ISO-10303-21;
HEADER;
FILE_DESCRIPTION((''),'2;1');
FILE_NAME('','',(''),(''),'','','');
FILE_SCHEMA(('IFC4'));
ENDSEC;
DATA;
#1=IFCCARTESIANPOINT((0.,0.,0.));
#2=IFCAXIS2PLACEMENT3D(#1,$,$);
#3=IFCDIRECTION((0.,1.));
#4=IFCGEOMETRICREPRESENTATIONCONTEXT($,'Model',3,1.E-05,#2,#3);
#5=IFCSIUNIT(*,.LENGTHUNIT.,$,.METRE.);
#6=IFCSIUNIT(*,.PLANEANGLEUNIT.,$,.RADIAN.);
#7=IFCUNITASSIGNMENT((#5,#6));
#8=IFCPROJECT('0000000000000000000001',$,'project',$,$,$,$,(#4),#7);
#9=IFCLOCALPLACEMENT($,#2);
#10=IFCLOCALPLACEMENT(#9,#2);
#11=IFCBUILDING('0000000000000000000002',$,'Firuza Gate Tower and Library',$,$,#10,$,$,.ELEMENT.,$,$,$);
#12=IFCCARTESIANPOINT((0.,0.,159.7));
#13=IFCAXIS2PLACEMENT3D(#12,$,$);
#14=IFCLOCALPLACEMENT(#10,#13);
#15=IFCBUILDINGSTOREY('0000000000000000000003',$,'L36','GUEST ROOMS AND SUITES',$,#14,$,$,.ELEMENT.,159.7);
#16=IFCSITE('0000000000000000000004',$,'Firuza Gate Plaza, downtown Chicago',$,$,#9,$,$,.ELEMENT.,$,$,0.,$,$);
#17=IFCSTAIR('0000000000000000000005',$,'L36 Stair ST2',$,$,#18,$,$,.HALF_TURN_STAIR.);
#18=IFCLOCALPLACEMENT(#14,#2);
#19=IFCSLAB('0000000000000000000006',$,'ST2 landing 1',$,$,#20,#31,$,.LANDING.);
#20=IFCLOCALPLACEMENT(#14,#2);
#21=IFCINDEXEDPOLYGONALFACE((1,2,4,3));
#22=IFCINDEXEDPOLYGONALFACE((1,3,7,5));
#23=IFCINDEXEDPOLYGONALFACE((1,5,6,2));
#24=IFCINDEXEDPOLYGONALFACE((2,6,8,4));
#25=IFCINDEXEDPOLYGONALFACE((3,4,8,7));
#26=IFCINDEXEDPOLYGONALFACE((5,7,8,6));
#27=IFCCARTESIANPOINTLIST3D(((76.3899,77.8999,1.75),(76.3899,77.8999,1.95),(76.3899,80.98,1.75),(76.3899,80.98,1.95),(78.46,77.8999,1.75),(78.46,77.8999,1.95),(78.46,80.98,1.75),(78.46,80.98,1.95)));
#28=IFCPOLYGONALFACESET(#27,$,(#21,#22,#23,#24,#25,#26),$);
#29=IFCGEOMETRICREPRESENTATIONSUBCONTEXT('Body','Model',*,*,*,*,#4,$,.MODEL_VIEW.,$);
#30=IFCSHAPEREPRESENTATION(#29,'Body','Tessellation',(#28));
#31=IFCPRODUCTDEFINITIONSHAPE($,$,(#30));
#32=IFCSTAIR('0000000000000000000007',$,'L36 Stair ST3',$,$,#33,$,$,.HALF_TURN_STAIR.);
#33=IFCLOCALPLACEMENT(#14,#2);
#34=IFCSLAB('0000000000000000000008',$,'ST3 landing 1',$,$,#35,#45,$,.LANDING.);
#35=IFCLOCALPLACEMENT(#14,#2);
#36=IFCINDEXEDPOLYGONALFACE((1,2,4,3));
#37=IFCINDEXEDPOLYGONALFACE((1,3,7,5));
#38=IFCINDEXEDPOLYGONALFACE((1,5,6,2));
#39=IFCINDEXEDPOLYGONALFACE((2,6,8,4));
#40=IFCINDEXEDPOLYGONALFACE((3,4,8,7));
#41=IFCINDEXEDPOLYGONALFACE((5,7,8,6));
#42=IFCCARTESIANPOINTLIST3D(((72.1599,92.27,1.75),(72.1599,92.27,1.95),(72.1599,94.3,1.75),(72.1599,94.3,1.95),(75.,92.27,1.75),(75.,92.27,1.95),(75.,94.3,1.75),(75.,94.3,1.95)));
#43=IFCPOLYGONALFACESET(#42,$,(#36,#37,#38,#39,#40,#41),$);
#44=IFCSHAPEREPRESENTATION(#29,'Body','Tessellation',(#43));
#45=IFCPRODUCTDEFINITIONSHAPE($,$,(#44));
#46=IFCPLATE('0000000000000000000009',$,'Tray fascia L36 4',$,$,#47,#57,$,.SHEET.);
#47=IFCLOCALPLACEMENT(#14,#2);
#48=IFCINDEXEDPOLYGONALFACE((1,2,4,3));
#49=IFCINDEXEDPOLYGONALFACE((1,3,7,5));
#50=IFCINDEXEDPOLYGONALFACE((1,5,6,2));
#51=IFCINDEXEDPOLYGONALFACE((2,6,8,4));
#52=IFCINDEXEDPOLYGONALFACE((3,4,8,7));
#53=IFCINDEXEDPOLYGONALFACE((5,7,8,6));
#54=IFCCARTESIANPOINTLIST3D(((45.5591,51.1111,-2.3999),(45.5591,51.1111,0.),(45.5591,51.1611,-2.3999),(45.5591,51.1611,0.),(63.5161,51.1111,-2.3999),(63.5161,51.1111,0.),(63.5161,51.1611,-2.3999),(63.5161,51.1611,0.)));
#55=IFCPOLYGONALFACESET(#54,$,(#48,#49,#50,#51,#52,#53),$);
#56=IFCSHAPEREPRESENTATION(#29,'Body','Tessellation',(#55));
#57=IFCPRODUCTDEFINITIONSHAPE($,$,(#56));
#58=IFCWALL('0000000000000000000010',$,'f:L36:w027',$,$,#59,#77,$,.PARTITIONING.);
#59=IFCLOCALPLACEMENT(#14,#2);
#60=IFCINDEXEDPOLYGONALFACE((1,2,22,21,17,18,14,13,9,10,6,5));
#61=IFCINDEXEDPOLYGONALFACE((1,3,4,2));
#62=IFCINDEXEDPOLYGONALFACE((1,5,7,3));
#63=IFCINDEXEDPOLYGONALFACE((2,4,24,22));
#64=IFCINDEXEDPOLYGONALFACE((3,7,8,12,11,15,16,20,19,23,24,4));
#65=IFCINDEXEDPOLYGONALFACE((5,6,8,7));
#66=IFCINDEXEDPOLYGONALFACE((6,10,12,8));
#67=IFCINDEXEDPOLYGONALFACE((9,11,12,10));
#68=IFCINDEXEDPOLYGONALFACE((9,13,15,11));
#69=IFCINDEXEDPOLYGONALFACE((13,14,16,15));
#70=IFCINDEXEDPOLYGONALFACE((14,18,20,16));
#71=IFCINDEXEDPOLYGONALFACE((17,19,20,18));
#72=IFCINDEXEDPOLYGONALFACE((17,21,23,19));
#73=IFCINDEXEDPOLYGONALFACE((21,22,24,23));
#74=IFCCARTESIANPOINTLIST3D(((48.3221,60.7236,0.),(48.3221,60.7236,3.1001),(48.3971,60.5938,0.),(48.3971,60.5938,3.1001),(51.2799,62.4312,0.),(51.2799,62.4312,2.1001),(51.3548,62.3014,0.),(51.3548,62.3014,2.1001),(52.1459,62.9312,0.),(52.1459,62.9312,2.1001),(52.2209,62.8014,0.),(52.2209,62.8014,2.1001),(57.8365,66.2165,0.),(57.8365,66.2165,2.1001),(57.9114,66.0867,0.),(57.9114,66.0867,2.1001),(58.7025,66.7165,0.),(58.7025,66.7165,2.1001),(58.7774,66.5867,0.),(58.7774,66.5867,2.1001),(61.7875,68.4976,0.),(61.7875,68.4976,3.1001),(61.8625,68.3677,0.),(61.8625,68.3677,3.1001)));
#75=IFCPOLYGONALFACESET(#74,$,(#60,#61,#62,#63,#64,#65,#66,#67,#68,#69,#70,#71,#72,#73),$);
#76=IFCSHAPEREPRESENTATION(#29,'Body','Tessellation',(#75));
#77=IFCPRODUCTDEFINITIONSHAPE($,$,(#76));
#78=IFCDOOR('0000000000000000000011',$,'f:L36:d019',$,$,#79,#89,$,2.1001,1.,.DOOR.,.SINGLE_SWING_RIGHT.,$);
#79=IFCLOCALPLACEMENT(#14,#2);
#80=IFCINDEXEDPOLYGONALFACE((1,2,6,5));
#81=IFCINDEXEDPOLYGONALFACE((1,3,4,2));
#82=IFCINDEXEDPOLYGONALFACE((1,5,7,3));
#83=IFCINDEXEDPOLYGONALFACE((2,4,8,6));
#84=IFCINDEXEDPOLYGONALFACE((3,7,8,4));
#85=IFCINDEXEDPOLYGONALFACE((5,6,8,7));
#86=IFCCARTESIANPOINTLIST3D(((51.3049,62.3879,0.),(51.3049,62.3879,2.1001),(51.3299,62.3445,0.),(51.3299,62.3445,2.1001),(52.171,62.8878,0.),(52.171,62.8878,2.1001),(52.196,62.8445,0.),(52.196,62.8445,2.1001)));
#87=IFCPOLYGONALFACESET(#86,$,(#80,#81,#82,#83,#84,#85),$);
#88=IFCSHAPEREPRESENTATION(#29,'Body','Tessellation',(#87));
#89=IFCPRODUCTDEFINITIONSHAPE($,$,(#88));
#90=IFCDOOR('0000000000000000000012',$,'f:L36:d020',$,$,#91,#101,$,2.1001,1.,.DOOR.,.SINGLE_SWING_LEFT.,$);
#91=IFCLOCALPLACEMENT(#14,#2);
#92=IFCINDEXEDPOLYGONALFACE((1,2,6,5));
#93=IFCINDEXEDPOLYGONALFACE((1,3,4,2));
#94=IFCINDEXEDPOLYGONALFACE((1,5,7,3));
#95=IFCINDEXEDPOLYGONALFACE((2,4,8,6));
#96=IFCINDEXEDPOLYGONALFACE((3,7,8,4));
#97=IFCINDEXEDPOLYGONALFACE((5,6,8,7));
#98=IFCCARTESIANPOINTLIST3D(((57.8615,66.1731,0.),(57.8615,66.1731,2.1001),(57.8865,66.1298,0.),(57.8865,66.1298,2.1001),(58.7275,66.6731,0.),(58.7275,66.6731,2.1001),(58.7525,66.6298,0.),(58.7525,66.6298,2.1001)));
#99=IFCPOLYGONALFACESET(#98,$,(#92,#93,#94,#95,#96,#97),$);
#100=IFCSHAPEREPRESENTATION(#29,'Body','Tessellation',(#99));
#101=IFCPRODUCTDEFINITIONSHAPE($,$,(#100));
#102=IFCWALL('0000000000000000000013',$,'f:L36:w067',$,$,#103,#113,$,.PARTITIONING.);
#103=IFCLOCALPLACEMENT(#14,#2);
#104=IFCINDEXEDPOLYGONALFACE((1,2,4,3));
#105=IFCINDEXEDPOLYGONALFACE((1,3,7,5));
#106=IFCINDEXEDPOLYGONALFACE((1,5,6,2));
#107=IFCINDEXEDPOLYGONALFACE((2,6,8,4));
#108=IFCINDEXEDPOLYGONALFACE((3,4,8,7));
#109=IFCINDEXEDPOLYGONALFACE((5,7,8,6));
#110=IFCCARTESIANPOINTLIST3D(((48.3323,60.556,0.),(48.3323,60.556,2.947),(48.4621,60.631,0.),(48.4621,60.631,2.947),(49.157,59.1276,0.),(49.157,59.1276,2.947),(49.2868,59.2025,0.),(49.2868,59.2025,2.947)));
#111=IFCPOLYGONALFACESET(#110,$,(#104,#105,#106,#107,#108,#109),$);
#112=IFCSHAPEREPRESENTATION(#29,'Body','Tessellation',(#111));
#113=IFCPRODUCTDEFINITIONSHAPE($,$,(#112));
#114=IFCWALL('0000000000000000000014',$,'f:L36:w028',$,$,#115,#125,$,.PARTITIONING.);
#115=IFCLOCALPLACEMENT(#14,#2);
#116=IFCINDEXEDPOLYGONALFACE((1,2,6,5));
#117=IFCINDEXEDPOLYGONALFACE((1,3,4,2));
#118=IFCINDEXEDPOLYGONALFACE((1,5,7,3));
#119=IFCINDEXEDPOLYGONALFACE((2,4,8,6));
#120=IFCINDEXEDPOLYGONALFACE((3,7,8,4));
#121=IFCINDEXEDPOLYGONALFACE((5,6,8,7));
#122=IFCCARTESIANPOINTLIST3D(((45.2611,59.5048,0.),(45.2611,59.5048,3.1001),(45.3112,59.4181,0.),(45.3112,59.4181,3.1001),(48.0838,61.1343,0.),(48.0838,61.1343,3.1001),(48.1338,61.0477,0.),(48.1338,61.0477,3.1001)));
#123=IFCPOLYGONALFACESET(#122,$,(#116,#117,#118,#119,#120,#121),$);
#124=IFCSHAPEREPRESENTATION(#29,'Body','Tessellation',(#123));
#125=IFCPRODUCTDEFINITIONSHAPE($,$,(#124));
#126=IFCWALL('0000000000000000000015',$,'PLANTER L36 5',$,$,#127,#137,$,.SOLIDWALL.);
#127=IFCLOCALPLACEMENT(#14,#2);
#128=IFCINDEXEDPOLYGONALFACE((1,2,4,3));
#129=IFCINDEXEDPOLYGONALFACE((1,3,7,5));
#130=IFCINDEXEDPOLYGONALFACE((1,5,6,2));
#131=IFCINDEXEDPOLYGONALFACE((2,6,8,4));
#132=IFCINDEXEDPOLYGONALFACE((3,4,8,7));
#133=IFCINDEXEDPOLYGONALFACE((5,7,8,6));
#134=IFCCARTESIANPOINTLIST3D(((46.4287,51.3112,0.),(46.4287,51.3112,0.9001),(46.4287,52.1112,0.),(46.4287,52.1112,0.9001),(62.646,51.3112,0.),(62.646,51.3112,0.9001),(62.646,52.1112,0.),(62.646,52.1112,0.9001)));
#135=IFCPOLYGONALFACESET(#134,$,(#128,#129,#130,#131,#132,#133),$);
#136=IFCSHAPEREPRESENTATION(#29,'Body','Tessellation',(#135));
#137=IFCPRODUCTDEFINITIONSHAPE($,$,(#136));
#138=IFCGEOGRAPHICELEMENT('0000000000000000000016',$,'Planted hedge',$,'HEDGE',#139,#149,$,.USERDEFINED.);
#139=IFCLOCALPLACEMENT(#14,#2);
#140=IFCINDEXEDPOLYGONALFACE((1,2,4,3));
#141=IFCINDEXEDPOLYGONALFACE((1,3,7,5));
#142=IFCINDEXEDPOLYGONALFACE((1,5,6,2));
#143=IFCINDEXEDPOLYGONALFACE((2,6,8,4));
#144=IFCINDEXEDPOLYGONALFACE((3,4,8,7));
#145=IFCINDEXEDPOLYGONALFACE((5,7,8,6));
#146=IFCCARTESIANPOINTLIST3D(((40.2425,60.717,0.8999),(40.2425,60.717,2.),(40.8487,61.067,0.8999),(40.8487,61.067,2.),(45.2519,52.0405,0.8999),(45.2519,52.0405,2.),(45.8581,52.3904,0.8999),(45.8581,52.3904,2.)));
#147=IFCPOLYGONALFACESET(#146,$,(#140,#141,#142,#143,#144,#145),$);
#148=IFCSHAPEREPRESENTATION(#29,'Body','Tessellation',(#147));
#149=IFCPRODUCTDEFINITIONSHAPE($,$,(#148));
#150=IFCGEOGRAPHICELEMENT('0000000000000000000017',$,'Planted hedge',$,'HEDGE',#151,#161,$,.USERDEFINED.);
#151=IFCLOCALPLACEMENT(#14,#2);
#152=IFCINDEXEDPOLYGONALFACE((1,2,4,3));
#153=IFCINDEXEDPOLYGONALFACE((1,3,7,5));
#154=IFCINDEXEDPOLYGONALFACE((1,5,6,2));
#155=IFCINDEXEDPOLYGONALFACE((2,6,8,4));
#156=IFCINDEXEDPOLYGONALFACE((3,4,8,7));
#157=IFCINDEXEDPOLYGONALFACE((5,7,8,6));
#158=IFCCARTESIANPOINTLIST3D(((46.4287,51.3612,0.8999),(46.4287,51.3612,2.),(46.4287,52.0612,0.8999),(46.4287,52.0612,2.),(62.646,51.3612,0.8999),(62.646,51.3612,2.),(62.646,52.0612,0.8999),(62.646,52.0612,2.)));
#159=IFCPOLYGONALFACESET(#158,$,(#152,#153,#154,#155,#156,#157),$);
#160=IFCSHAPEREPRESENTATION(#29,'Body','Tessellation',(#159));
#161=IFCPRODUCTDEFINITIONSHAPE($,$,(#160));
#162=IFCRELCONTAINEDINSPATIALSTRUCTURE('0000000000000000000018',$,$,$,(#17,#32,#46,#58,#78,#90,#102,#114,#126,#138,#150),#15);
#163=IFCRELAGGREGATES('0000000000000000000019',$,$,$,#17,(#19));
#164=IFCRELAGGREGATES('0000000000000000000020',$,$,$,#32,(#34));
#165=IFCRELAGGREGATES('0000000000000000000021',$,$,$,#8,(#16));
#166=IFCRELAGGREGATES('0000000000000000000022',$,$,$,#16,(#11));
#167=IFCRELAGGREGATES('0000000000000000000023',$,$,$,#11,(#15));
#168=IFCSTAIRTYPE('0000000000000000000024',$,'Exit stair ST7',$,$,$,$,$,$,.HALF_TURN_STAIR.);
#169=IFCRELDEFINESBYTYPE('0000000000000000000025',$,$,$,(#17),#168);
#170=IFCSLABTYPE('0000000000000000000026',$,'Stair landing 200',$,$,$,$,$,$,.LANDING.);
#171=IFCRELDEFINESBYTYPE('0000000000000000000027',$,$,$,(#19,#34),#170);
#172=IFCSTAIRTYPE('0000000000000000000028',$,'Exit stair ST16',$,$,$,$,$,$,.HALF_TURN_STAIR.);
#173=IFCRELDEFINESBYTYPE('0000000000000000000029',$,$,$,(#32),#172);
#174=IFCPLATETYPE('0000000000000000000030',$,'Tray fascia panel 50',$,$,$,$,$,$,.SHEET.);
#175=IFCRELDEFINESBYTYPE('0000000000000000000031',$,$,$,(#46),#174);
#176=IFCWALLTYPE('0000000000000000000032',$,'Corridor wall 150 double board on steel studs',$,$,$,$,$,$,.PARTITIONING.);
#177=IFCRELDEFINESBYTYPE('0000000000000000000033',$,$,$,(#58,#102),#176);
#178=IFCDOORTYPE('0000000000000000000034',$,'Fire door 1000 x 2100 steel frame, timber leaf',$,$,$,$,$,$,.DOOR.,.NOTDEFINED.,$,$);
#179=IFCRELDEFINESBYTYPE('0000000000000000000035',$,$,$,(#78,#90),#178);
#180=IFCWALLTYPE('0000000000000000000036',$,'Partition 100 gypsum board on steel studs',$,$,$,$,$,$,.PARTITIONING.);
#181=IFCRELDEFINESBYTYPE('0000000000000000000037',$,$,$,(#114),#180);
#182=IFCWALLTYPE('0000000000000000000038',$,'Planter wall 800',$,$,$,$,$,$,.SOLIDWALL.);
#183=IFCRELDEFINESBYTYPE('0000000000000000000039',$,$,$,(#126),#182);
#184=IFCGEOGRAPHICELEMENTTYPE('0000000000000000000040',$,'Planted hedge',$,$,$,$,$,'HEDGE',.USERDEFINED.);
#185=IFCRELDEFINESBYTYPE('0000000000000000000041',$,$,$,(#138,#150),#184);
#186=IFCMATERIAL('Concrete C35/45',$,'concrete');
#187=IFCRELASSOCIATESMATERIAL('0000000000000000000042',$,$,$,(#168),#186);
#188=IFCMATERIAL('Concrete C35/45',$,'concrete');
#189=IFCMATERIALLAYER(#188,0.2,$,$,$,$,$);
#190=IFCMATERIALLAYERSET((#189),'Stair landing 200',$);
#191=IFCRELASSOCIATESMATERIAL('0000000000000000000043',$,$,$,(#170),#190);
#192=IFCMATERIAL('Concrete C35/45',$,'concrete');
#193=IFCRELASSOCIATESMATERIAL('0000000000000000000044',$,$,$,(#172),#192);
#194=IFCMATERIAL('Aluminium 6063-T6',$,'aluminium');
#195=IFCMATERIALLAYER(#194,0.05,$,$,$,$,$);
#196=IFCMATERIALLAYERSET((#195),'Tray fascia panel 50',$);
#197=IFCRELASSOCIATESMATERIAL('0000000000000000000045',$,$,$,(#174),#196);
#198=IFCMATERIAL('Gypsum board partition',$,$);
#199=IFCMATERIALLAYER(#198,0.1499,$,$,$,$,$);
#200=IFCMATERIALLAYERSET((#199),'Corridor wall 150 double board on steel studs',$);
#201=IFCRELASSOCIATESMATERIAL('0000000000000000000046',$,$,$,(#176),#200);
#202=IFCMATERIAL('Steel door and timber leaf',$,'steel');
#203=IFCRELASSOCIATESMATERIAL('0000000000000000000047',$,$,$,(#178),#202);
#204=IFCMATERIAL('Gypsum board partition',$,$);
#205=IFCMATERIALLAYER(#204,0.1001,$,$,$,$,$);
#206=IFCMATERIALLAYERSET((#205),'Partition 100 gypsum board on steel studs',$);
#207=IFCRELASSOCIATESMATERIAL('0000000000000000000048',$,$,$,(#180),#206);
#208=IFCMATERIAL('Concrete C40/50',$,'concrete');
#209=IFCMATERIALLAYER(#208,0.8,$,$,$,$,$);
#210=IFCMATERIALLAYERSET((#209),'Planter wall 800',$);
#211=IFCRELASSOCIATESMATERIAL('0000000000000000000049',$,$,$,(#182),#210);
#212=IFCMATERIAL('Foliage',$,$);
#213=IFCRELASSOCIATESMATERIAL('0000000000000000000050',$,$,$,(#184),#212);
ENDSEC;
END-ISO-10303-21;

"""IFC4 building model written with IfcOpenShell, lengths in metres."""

from ifc_helpers import new_model, si_unit, direction, frame, frame_2d, origin, origin_2d, place, context, subcontext, project, spatial, polyline, rectangle, outline, extrude, material, layer, layer_set, type_object, element, fill, aggregate, save


model = new_model("IFC4")

# Units and contexts
model_context = context("Model", 3, precision=1e-05, world=origin(), true_north=direction((0.0, 1.0)))
body_context = subcontext(model_context, "Body", "Model", "MODEL_VIEW")
ifc_project = project(units=[si_unit("LENGTHUNIT", "METRE"), si_unit("PLANEANGLEUNIT", "RADIAN")], contexts=[model_context])

# Site, building, storey
site_placement = place(None, origin())
site = spatial("IfcSite", under=ifc_project, at=site_placement, Name="Firuza Gate Plaza, downtown Chicago", CompositionType="ELEMENT", RefElevation=0.0)
building_placement = place(site_placement, origin())
building = spatial("IfcBuilding", under=site, at=building_placement, Name="Firuza Gate Tower and Library", CompositionType="ELEMENT")
storey_placement = place(building_placement, frame((0.0, 0.0, 159.7)))
storey = spatial("IfcBuildingStorey", under=building, at=storey_placement, Name="L36", Description="GUEST ROOMS AND SUITES", CompositionType="ELEMENT", Elevation=159.7)

# Shared definitions
placement_1 = place(storey_placement, origin())

# Stairs, slabs
ifc_material_1 = material(Name="Concrete C35/45", Category="concrete")
stair_type_1 = type_object("IfcStairType", Name="Exit stair ST7", PredefinedType="HALF_TURN_STAIR", material=ifc_material_1)
ifc_material_2 = material(Name="Concrete C35/45", Category="concrete")
ifc_layer_1 = layer(ifc_material_2, 0.2)
ifc_layer_set_1 = layer_set([ifc_layer_1], Name="Stair landing 200")
slab_type_1 = type_object("IfcSlabType", Name="Stair landing 200", PredefinedType="LANDING", material=ifc_layer_set_1)
placement_2 = place(storey_placement, frame((0.0, 0.0, 1.75)))
stair_1 = element("IfcStair", 1, at=placement_1, inside=storey, type_object=stair_type_1, Name="L36 Stair ST2", PredefinedType="HALF_TURN_STAIR")
slab_1 = element("IfcSlab", 2, at=placement_2, type_object=slab_type_1, Name="ST2 landing 1", PredefinedType="LANDING", context=body_context, shape_type="SweptSolid", body=[
    extrude(outline(polyline([(78.46, 80.98), (76.3899, 80.98), (76.3899, 77.8999), (78.46, 77.8999), (78.46, 80.98)])), origin(), (0.0, 0.0, 1.0), 0.2),
])
aggregate(stair_1, [slab_1])
ifc_material_3 = material(Name="Concrete C35/45", Category="concrete")
stair_type_2 = type_object("IfcStairType", Name="Exit stair ST16", PredefinedType="HALF_TURN_STAIR", material=ifc_material_3)
stair_2 = element("IfcStair", 3, at=placement_1, inside=storey, type_object=stair_type_2, Name="L36 Stair ST3", PredefinedType="HALF_TURN_STAIR")
slab_2 = element("IfcSlab", 4, at=placement_2, type_object=slab_type_1, Name="ST3 landing 1", PredefinedType="LANDING", context=body_context, shape_type="SweptSolid", body=[
    extrude(outline(polyline([(75.0, 92.27), (75.0, 94.3), (72.1599, 94.3), (72.1599, 92.27), (75.0, 92.27)])), origin(), (0.0, 0.0, 1.0), 0.2),
])
aggregate(stair_2, [slab_2])

# Plate
ifc_material_4 = material(Name="Aluminium 6063-T6", Category="aluminium")
ifc_layer_2 = layer(ifc_material_4, 0.05)
ifc_layer_set_2 = layer_set([ifc_layer_2], Name="Tray fascia panel 50")
plate_type_1 = type_object("IfcPlateType", Name="Tray fascia panel 50", PredefinedType="SHEET", material=ifc_layer_set_2)
plate_1_placement = place(storey_placement, frame((45.5591, 51.1111, -2.3999), z_axis=(0.0, -1.0, 0.0), x_axis=(1.0, 0.0, 0.0)))
element("IfcPlate", 5, at=plate_1_placement, inside=storey, type_object=plate_type_1, Name="Tray fascia L36 4", PredefinedType="SHEET", context=body_context, shape_type="SweptSolid", body=[
    extrude(outline(polyline([(0.0, 0.0), (17.957, 0.0), (17.957, 2.3999), (0.0, 2.3999), (0.0, 0.0)])), origin(), (0.0, 0.0, -1.0), 0.05),
])

# Wall, openings, doors
ifc_material_5 = material(Name="Gypsum board partition")
ifc_layer_3 = layer(ifc_material_5, 0.1499)
ifc_layer_set_3 = layer_set([ifc_layer_3], Name="Corridor wall 150 double board on steel studs")
wall_type_1 = type_object("IfcWallType", Name="Corridor wall 150 double board on steel studs", PredefinedType="PARTITIONING", material=ifc_layer_set_3)
wall_1_placement = place(storey_placement, frame((48.3596, 60.6587, 0.0), z_axis=(0.0, 0.0, 1.0), x_axis=(0.866033, 0.499986, 0.0)))
wall_1 = element("IfcWall", 6, at=wall_1_placement, inside=storey, type_object=wall_type_1, Name="f:L36:w027", PredefinedType="PARTITIONING", context=body_context, shape_type="SweptSolid", body=[
    extrude(rectangle(XDim=15.5483, YDim=0.1499, at=frame_2d((7.7742, 0.0))), origin(), (0.0, 0.0, 1.0), 3.1001),
])
opening_1_placement = place(wall_1_placement, frame((3.4153, 0.0, 0.0)))
opening_1 = element("IfcOpeningElement", 7, at=opening_1_placement, cuts=wall_1, PredefinedType="OPENING", context=body_context, shape_type="SweptSolid", body=[
    extrude(rectangle(XDim=1.0, YDim=2.1001, at=frame_2d((0.5, 1.05))), frame((0.0, 0.085, 0.0), z_axis=(0.0, -1.0, 0.0), x_axis=(1.0, 0.0, 0.0)), (0.0, 0.0, 1.0), 0.1699),
])
opening_2_placement = place(wall_1_placement, frame((10.9861, 0.0, 0.0)))
opening_2 = element("IfcOpeningElement", 8, at=opening_2_placement, cuts=wall_1, PredefinedType="OPENING", context=body_context, shape_type="SweptSolid", body=[
    extrude(rectangle(XDim=1.0, YDim=2.1001, at=frame_2d((0.5, 1.05))), frame((0.0, 0.085, 0.0), z_axis=(0.0, -1.0, 0.0), x_axis=(1.0, 0.0, 0.0)), (0.0, 0.0, 1.0), 0.1699),
])
ifc_material_6 = material(Name="Steel door and timber leaf", Category="steel")
door_type = type_object("IfcDoorType", Name="Fire door 1000 x 2100 steel frame, timber leaf", OperationType="NOTDEFINED", PredefinedType="DOOR", material=ifc_material_6)
door_1_placement = place(opening_1_placement, origin())
door_1 = element("IfcDoor", 9, at=door_1_placement, inside=storey, type_object=door_type, Name="f:L36:d019", OperationType="SINGLE_SWING_RIGHT", OverallHeight=2.1001, OverallWidth=1.0, PredefinedType="DOOR", context=body_context, shape_type="SweptSolid", body=[
    extrude(rectangle(XDim=1.0, YDim=2.1001, at=frame_2d((0.5, 1.05))), frame((0.0, 0.0249, 0.0), z_axis=(0.0, -1.0, 0.0), x_axis=(1.0, 0.0, 0.0)), (0.0, 0.0, 1.0), 0.05),
])
fill(opening_1, door_1)
door_2_placement = place(opening_2_placement, origin())
door_2 = element("IfcDoor", 10, at=door_2_placement, inside=storey, type_object=door_type, Name="f:L36:d020", OperationType="SINGLE_SWING_LEFT", OverallHeight=2.1001, OverallWidth=1.0, PredefinedType="DOOR", context=body_context, shape_type="SweptSolid", body=[
    extrude(rectangle(XDim=1.0, YDim=2.1001, at=frame_2d((0.5, 1.05))), frame((0.0, 0.0249, 0.0), z_axis=(0.0, -1.0, 0.0), x_axis=(1.0, 0.0, 0.0)), (0.0, 0.0, 1.0), 0.05),
])
fill(opening_2, door_2)

# Walls
wall_2_placement = place(storey_placement, frame((49.2219, 59.165, 0.0), z_axis=(0.0, 0.0, 1.0), x_axis=(-0.499992, 0.86603, 0.0)))
element("IfcWall", 11, at=wall_2_placement, inside=storey, type_object=wall_type_1, Name="f:L36:w067", PredefinedType="PARTITIONING", context=body_context, shape_type="SweptSolid", body=[
    extrude(rectangle(XDim=1.6494, YDim=0.1499, at=frame_2d((0.8247, 0.0))), origin(), (0.0, 0.0, 1.0), 2.947),
])
ifc_material_7 = material(Name="Gypsum board partition")
ifc_layer_4 = layer(ifc_material_7, 0.1001)
ifc_layer_set_4 = layer_set([ifc_layer_4], Name="Partition 100 gypsum board on steel studs")
wall_type_2 = type_object("IfcWallType", Name="Partition 100 gypsum board on steel studs", PredefinedType="PARTITIONING", material=ifc_layer_set_4)
wall_3_placement = place(storey_placement, frame((45.2861, 59.4614, 0.0), z_axis=(0.0, 0.0, 1.0), x_axis=(0.866036, 0.499982, 0.0)))
element("IfcWall", 12, at=wall_3_placement, inside=storey, type_object=wall_type_2, Name="f:L36:w028", PredefinedType="PARTITIONING", context=body_context, shape_type="SweptSolid", body=[
    extrude(rectangle(XDim=3.2593, YDim=0.1001, at=frame_2d((1.6296, 0.0))), origin(), (0.0, 0.0, 1.0), 3.1001),
])
ifc_material_8 = material(Name="Concrete C40/50", Category="concrete")
ifc_layer_5 = layer(ifc_material_8, 0.8)
ifc_layer_set_5 = layer_set([ifc_layer_5], Name="Planter wall 800")
wall_type_3 = type_object("IfcWallType", Name="Planter wall 800", PredefinedType="SOLIDWALL", material=ifc_layer_set_5)
wall_4_placement = place(storey_placement, frame((46.4287, 51.7112, 0.0), z_axis=(0.0, 0.0, 1.0), x_axis=(1.0, 0.0, 0.0)))
element("IfcWall", 13, at=wall_4_placement, inside=storey, type_object=wall_type_3, Name="PLANTER L36 5", PredefinedType="SOLIDWALL", context=body_context, shape_type="SweptSolid", body=[
    extrude(rectangle(XDim=16.2173, YDim=0.8, at=frame_2d((8.1086, 0.0))), origin(), (0.0, 0.0, 1.0), 0.9001),
])

# Geographic elements
ifc_material_9 = material(Name="Foliage")
geographic_element_type = type_object("IfcGeographicElementType", Name="Planted hedge", ElementType="HEDGE", PredefinedType="USERDEFINED", material=ifc_material_9)
geographic_element_1_placement = place(storey_placement, frame((43.0503, 56.5537, 0.8999), z_axis=(0.0, 0.0, 1.0), x_axis=(0.5, -0.866025, 0.0)))
element("IfcGeographicElement", 14, at=geographic_element_1_placement, inside=storey, type_object=geographic_element_type, Name="Planted hedge", ObjectType="HEDGE", PredefinedType="USERDEFINED", context=body_context, shape_type="SweptSolid", body=[
    extrude(rectangle(XDim=10.0188, YDim=0.7, at=origin_2d()), origin(), (0.0, 0.0, 1.0), 1.1001),
])
geographic_element_2_placement = place(storey_placement, frame((54.5374, 51.7112, 0.8999), z_axis=(0.0, 0.0, 1.0), x_axis=(1.0, 0.0, 0.0)))
element("IfcGeographicElement", 15, at=geographic_element_2_placement, inside=storey, type_object=geographic_element_type, Name="Planted hedge", ObjectType="HEDGE", PredefinedType="USERDEFINED", context=body_context, shape_type="SweptSolid", body=[
    extrude(rectangle(XDim=16.2173, YDim=0.7, at=origin_2d()), origin(), (0.0, 0.0, 1.0), 1.1001),
])

save(model, "model.ifc")
